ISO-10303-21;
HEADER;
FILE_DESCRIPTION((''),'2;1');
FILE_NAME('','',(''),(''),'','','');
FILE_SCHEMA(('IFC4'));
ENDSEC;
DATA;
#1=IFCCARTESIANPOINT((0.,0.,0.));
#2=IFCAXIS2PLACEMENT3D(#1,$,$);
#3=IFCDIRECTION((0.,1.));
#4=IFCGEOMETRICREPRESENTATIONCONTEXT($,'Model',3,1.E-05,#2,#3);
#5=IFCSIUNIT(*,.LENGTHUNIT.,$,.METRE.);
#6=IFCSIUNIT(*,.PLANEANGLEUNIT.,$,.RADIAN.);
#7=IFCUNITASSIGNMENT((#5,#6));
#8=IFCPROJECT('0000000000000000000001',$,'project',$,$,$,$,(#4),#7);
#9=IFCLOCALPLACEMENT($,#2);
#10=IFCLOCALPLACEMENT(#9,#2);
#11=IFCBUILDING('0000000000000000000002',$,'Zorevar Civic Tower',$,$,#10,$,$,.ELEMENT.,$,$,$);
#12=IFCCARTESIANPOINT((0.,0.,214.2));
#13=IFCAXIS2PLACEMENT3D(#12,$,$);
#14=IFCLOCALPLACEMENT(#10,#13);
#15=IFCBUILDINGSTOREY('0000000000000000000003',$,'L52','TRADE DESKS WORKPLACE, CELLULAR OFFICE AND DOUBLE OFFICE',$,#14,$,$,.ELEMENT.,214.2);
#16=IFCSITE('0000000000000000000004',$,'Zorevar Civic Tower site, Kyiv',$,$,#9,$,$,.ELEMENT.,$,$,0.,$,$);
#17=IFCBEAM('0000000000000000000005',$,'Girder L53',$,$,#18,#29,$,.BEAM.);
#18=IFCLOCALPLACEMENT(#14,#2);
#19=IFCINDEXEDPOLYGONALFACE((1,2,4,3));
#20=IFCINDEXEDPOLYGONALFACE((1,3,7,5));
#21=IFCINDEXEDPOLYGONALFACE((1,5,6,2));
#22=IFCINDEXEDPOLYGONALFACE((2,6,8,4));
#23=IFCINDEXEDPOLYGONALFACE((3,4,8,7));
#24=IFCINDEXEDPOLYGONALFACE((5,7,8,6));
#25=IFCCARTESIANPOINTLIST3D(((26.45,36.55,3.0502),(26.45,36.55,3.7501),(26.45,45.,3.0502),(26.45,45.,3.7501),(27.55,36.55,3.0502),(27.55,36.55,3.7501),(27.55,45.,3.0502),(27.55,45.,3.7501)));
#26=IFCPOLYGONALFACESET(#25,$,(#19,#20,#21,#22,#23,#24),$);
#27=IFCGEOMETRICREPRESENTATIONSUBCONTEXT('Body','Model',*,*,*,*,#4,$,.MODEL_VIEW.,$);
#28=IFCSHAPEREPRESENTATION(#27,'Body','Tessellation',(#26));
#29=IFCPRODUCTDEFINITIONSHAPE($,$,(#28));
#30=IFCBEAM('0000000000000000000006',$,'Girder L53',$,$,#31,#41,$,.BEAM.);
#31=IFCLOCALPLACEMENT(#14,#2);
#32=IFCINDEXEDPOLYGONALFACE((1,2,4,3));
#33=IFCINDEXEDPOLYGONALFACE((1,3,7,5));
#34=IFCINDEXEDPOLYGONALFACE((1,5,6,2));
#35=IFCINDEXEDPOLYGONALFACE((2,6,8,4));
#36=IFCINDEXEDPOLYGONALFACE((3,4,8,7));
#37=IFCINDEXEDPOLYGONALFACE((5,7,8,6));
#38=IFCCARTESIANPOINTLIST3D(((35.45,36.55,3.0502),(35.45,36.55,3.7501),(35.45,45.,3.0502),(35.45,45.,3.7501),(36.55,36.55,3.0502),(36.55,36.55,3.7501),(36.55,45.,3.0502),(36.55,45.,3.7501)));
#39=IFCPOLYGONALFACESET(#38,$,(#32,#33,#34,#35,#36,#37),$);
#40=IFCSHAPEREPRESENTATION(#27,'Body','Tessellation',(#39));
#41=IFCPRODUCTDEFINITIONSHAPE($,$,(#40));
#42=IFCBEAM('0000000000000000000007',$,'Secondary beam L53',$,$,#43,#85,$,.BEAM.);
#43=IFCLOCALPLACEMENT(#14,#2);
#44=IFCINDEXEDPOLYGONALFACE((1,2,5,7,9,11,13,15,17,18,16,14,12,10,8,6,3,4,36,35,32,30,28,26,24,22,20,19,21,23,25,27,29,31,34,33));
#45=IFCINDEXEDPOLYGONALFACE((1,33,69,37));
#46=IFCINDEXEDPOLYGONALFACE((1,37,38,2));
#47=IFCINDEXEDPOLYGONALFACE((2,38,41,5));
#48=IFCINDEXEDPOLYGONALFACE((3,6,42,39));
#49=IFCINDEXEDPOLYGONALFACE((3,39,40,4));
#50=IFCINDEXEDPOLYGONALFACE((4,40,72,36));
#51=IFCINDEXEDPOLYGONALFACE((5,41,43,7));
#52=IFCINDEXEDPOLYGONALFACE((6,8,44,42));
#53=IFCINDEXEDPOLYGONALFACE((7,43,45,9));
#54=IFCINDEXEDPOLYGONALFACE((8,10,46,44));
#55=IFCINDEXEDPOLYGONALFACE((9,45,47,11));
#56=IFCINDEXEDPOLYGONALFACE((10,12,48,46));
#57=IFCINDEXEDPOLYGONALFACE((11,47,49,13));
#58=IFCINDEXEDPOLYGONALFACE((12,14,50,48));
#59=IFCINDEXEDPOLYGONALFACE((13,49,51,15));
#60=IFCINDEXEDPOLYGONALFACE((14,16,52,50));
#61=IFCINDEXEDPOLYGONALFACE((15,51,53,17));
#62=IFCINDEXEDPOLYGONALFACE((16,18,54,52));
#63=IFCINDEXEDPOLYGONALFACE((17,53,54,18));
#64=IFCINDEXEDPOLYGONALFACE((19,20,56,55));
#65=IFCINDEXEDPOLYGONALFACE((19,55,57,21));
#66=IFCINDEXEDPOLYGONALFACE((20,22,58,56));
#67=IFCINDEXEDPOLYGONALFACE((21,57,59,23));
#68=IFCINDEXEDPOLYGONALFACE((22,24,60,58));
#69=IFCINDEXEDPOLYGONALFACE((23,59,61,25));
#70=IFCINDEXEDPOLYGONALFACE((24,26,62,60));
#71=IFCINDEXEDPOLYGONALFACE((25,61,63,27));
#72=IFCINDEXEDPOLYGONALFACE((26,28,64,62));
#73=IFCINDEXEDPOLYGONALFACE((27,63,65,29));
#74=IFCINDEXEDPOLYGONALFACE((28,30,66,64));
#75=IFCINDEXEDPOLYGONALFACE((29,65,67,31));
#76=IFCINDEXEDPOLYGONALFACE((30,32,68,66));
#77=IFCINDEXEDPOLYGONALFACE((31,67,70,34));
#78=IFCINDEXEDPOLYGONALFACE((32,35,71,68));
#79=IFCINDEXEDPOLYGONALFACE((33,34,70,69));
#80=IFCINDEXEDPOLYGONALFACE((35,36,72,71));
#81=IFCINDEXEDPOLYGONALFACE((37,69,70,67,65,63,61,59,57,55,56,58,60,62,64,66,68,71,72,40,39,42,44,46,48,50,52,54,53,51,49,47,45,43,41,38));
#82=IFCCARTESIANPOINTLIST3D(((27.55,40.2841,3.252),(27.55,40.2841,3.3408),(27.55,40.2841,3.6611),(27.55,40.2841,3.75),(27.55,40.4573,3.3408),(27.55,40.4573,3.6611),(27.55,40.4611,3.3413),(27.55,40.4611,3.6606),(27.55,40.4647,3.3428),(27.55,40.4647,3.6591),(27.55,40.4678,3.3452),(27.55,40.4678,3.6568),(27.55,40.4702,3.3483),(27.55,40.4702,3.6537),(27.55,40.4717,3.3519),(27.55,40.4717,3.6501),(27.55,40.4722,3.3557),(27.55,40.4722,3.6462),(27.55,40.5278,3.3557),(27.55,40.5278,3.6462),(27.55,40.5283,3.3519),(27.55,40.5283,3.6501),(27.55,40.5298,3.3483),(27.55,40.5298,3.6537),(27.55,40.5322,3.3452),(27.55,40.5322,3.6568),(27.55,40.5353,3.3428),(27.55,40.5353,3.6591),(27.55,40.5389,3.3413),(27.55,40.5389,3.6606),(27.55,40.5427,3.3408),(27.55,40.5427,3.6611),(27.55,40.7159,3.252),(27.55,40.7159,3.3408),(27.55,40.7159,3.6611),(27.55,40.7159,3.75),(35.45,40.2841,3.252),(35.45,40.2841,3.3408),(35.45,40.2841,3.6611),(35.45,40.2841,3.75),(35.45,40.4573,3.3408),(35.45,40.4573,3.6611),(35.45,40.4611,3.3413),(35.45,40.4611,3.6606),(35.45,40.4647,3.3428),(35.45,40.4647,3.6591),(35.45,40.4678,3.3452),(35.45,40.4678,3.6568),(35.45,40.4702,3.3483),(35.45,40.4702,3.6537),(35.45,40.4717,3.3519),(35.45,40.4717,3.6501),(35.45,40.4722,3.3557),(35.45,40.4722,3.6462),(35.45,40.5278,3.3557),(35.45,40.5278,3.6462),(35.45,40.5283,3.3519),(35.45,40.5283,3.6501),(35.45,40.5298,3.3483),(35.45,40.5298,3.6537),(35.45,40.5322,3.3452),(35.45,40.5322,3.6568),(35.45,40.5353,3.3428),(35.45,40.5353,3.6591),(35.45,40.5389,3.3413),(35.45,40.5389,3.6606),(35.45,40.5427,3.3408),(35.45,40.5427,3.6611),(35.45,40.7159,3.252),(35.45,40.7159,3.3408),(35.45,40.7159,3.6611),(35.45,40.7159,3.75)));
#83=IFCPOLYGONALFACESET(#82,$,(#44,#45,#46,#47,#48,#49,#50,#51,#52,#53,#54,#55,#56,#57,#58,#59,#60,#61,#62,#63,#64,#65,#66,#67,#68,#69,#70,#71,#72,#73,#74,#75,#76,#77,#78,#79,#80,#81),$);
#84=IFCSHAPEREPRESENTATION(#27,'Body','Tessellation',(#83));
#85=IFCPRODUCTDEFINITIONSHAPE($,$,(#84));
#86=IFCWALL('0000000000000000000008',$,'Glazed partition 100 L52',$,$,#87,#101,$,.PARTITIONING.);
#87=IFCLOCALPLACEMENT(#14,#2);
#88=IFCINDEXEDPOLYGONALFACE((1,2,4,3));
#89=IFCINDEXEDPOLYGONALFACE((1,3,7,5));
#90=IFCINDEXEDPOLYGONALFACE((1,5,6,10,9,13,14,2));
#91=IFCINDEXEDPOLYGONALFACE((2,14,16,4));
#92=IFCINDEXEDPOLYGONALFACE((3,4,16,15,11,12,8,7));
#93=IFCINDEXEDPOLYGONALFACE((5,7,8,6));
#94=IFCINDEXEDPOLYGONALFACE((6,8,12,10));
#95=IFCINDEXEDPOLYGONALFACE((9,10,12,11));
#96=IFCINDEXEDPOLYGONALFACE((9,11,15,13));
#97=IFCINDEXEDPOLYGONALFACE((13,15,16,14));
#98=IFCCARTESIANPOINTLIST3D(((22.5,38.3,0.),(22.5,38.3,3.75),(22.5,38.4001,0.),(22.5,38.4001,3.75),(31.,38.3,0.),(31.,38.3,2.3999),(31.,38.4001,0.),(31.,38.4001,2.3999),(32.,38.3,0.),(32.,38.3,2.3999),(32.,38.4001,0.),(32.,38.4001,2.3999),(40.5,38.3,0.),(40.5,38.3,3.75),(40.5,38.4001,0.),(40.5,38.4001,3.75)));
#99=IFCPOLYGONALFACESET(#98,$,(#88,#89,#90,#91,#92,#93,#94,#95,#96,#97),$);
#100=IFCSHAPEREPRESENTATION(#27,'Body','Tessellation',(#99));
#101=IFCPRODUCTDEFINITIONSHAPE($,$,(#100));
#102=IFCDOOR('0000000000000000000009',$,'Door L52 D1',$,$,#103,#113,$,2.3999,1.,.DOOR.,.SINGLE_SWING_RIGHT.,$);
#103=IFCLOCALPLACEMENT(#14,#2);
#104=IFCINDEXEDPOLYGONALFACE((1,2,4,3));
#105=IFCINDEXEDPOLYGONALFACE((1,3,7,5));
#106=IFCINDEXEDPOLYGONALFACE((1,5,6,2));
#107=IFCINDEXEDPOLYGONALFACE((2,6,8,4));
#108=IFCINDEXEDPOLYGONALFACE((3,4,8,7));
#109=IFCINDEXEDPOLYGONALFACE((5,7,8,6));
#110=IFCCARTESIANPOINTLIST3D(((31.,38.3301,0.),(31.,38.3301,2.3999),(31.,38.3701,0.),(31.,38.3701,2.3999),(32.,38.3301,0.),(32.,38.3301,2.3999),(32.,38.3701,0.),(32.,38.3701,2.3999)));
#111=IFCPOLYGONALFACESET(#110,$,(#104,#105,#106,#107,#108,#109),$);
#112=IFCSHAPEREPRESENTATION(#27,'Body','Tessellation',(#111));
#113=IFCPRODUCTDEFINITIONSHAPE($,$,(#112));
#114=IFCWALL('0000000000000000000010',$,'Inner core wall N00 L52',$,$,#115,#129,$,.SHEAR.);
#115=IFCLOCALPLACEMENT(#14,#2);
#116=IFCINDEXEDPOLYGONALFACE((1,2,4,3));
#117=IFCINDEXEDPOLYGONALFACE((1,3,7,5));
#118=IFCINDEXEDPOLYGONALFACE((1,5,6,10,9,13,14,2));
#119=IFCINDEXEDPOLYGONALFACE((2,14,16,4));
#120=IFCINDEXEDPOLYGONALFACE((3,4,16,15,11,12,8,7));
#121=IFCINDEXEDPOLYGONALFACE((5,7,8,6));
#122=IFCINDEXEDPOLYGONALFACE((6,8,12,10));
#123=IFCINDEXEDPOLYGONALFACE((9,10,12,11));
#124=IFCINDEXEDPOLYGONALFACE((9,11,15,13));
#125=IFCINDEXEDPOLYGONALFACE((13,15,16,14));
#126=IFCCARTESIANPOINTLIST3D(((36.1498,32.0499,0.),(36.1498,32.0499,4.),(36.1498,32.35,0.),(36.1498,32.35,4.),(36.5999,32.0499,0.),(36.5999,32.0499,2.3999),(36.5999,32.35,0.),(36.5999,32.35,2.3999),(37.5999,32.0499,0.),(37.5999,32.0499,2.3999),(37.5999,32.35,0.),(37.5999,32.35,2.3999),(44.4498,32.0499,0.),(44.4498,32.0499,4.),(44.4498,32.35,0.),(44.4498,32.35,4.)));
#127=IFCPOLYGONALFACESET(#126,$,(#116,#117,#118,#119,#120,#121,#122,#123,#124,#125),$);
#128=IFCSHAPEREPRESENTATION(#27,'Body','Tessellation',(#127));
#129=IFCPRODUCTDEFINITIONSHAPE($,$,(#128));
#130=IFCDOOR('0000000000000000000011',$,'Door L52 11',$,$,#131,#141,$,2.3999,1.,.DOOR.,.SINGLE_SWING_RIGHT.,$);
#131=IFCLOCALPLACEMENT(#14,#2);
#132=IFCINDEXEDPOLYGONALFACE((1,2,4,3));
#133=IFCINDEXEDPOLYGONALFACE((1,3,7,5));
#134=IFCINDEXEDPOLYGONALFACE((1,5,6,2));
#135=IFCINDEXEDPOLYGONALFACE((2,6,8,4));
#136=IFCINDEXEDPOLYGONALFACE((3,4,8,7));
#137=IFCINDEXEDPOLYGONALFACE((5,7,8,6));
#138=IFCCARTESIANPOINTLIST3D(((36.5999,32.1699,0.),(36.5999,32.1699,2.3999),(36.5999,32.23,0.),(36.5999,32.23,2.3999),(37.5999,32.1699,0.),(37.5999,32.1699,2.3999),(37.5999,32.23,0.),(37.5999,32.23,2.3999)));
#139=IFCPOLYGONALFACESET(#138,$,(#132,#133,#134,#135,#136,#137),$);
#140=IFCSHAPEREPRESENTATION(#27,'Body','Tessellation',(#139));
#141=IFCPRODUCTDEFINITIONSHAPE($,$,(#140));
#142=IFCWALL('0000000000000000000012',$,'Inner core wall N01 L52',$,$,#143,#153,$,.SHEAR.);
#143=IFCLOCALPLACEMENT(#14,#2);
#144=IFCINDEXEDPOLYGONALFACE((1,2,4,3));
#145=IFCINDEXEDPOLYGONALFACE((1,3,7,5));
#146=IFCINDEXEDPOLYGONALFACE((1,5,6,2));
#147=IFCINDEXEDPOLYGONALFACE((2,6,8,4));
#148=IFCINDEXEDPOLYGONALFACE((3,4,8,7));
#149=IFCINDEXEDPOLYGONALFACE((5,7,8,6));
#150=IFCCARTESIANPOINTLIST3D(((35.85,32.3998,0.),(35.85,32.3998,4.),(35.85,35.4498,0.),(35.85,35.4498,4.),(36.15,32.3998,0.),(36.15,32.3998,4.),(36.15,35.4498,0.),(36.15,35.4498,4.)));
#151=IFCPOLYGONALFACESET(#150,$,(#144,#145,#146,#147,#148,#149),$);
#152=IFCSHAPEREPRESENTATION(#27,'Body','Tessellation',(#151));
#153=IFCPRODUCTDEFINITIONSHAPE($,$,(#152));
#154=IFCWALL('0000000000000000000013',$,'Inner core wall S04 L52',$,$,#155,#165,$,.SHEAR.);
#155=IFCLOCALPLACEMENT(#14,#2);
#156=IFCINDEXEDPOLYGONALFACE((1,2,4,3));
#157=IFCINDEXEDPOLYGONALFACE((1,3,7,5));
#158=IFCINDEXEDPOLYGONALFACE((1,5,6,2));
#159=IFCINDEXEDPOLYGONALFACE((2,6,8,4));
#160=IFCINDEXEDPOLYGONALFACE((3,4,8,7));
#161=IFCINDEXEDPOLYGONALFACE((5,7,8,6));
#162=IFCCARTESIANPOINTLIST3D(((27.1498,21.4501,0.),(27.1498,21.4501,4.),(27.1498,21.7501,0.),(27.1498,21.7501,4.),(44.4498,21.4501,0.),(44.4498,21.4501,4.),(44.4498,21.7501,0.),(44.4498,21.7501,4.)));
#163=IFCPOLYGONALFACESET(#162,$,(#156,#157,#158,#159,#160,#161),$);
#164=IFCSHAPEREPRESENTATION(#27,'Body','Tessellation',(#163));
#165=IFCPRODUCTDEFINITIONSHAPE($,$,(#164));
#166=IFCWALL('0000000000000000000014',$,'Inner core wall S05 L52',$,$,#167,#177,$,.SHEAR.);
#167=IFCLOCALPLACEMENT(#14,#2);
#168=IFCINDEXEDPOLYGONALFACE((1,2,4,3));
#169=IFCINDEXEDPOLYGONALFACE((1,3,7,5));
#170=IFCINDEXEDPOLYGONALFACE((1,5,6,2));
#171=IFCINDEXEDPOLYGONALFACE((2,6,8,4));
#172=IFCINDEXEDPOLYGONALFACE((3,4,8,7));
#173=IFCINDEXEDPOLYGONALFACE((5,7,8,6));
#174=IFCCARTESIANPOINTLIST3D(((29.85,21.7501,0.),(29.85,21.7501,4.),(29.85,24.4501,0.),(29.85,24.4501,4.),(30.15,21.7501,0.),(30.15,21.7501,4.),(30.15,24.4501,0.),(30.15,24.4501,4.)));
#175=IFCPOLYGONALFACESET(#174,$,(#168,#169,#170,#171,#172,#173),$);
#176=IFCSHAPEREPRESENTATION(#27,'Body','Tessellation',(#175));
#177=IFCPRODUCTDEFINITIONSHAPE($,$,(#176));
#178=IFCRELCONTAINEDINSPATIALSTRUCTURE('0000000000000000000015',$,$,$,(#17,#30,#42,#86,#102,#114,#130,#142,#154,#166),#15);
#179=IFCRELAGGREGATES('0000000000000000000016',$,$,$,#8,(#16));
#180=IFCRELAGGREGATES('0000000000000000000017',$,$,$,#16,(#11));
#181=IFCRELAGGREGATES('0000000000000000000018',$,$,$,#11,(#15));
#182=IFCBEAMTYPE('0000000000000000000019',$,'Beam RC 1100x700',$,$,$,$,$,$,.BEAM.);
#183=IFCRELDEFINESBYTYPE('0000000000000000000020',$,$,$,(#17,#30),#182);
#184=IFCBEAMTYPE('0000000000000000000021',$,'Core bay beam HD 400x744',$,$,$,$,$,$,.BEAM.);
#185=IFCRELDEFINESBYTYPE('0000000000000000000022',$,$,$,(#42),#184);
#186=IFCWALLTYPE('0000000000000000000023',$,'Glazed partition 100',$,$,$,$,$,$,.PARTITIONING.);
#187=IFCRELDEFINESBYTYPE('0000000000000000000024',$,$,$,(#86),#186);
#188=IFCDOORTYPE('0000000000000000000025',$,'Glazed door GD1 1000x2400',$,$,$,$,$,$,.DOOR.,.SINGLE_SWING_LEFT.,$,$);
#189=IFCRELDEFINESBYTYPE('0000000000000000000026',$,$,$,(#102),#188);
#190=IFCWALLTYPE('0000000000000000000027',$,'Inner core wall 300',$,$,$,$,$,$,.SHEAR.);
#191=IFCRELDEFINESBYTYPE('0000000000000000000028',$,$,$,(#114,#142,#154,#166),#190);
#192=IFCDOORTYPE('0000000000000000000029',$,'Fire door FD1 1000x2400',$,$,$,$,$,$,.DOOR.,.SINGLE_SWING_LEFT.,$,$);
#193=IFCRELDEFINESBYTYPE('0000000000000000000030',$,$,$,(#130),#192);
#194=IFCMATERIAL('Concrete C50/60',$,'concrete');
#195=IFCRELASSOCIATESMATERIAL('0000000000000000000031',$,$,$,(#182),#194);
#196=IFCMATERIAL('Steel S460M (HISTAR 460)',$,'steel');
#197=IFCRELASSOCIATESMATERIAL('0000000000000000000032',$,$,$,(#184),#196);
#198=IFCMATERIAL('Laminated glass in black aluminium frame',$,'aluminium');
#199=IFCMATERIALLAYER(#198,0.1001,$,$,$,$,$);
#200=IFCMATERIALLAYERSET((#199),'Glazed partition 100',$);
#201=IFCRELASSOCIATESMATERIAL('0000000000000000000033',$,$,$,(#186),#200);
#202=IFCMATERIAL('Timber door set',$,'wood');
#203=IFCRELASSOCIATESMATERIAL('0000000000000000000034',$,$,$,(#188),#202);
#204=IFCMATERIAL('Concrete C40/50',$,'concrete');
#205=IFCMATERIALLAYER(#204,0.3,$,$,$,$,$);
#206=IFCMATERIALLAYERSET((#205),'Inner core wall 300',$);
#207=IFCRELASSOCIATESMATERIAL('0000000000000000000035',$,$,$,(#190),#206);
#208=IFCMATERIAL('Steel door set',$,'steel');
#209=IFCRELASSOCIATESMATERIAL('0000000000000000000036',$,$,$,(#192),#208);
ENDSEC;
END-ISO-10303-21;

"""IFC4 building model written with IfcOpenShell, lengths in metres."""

from ifc_helpers import new_model, si_unit, direction, frame, frame_2d, origin, origin_2d, place, context, subcontext, project, spatial, rectangle, i_section, extrude, material, layer, layer_set, material_profile, profile_set, type_object, element, fill, save


model = new_model("IFC4")

# Units and contexts
model_context = context("Model", 3, precision=1e-05, world=origin(), true_north=direction((0.0, 1.0)))
body_context = subcontext(model_context, "Body", "Model", "MODEL_VIEW")
ifc_project = project(units=[si_unit("LENGTHUNIT", "METRE"), si_unit("PLANEANGLEUNIT", "RADIAN")], contexts=[model_context])

# Site, building, storey
site_placement = place(None, origin())
site = spatial("IfcSite", under=ifc_project, at=site_placement, Name="Zorevar Civic Tower site, Kyiv", CompositionType="ELEMENT", RefElevation=0.0)
building_placement = place(site_placement, origin())
building = spatial("IfcBuilding", under=site, at=building_placement, Name="Zorevar Civic Tower", CompositionType="ELEMENT")
storey_placement = place(building_placement, frame((0.0, 0.0, 214.2)))
storey = spatial("IfcBuildingStorey", under=building, at=storey_placement, Name="L52", Description="TRADE DESKS WORKPLACE, CELLULAR OFFICE AND DOUBLE OFFICE", CompositionType="ELEMENT", Elevation=214.2)

# Beams
ifc_material_1 = material(Name="Concrete C50/60", Category="concrete")
ifc_material_profile_1 = material_profile(ifc_material_1, rectangle(XDim=1.1001, YDim=0.7, at=origin_2d()), Name="RC 1100x700")
ifc_profile_set_1 = profile_set([ifc_material_profile_1], Name="Concrete C50/60")
beam_type_1 = type_object("IfcBeamType", Name="Beam RC 1100x700", PredefinedType="BEAM", material=ifc_profile_set_1)
for number, where, z_axis, x_axis, name in (
    (1, (27.0, 36.55, 3.4001), (0.0, 1.0, 0.0), (-1.0, 0.0, 0.0), "Girder L53"),
    (2, (36.0, 36.55, 3.4001), (0.0, 1.0, 0.0), (-1.0, 0.0, 0.0), "Girder L53"),
):
    element("IfcBeam", number, at=place(storey_placement, frame(where, z_axis=z_axis, x_axis=x_axis)), inside=storey, type_object=beam_type_1, Name=name, PredefinedType="BEAM", context=body_context, shape_type="SweptSolid", body=[
        extrude(rectangle(XDim=1.1001, YDim=0.7, at=origin_2d()), origin(), (0.0, 0.0, 1.0), 8.45),
    ])
ifc_material_2 = material(Name="Steel S460M (HISTAR 460)", Category="steel")
ifc_material_profile_2 = material_profile(ifc_material_2, i_section(OverallWidth=0.4319, OverallDepth=0.498, WebThickness=0.0557, FlangeThickness=0.0889, FilletRadius=0.0149, at=origin_2d()), Name="HD 400x744")
ifc_profile_set_2 = profile_set([ifc_material_profile_2], Name="Steel S460M (HISTAR 460)")
beam_type_2 = type_object("IfcBeamType", Name="Core bay beam HD 400x744", PredefinedType="BEAM", material=ifc_profile_set_2)
beam_placement = place(storey_placement, frame((27.55, 40.5, 3.501), z_axis=(1.0, 0.0, 0.0), x_axis=(0.0, 1.0, 0.0)))
element("IfcBeam", 3, at=beam_placement, inside=storey, type_object=beam_type_2, Name="Secondary beam L53", PredefinedType="BEAM", context=body_context, shape_type="SweptSolid", body=[
    extrude(i_section(OverallWidth=0.4319, OverallDepth=0.498, WebThickness=0.0557, FlangeThickness=0.0889, FilletRadius=0.0149, at=origin_2d()), origin(), (0.0, 0.0, 1.0), 7.8999),
])

# Walls, openings, doors
ifc_material_3 = material(Name="Laminated glass in black aluminium frame", Category="aluminium")
ifc_layer_1 = layer(ifc_material_3, 0.1001)
ifc_layer_set_1 = layer_set([ifc_layer_1], Name="Glazed partition 100")
wall_type_1 = type_object("IfcWallType", Name="Glazed partition 100", PredefinedType="PARTITIONING", material=ifc_layer_set_1)
wall_1_placement = place(storey_placement, frame((22.5, 38.3501, 0.0), z_axis=(0.0, 0.0, 1.0), x_axis=(1.0, 0.0, 0.0)))
wall_1 = element("IfcWall", 4, at=wall_1_placement, inside=storey, type_object=wall_type_1, Name="Glazed partition 100 L52", PredefinedType="PARTITIONING", context=body_context, shape_type="SweptSolid", body=[
    extrude(rectangle(XDim=18.0, YDim=0.1001, at=frame_2d((9.0, 0.0))), origin(), (0.0, 0.0, 1.0), 3.75),
])
opening_1_placement = place(wall_1_placement, frame((8.5, 0.0, 0.0)))
opening_1 = element("IfcOpeningElement", 5, at=opening_1_placement, cuts=wall_1, PredefinedType="OPENING", context=body_context, shape_type="SweptSolid", body=[
    extrude(rectangle(XDim=1.0, YDim=2.3999, at=frame_2d((0.5, 1.2))), frame((0.0, 0.0601, 0.0), z_axis=(0.0, -1.0, 0.0), x_axis=(1.0, 0.0, 0.0)), (0.0, 0.0, 1.0), 0.1201),
])
ifc_material_4 = material(Name="Timber door set", Category="wood")
door_type_1 = type_object("IfcDoorType", Name="Glazed door GD1 1000x2400", OperationType="SINGLE_SWING_LEFT", PredefinedType="DOOR", material=ifc_material_4)
door_1_placement = place(opening_1_placement, origin())
door_1 = element("IfcDoor", 6, at=door_1_placement, inside=storey, type_object=door_type_1, Name="Door L52 D1", OperationType="SINGLE_SWING_RIGHT", OverallHeight=2.3999, OverallWidth=1.0, PredefinedType="DOOR", context=body_context, shape_type="SweptSolid", body=[
    extrude(rectangle(XDim=1.0, YDim=2.3999, at=frame_2d((0.5, 1.2))), frame((0.0, 0.02, 0.0), z_axis=(0.0, -1.0, 0.0), x_axis=(1.0, 0.0, 0.0)), (0.0, 0.0, 1.0), 0.04),
])
fill(opening_1, door_1)
ifc_material_5 = material(Name="Concrete C40/50", Category="concrete")
ifc_layer_2 = layer(ifc_material_5, 0.3)
ifc_layer_set_2 = layer_set([ifc_layer_2], Name="Inner core wall 300")
wall_type_2 = type_object("IfcWallType", Name="Inner core wall 300", PredefinedType="SHEAR", material=ifc_layer_set_2)
wall_2_placement = place(storey_placement, frame((36.1499, 32.2, 0.0), z_axis=(0.0, 0.0, 1.0), x_axis=(1.0, 0.0, 0.0)))
wall_2 = element("IfcWall", 7, at=wall_2_placement, inside=storey, type_object=wall_type_2, Name="Inner core wall N00 L52", PredefinedType="SHEAR", context=body_context, shape_type="SweptSolid", body=[
    extrude(rectangle(XDim=8.3, YDim=0.3, at=frame_2d((4.1499, 0.0))), origin(), (0.0, 0.0, 1.0), 4.0),
])
opening_2_placement = place(wall_2_placement, frame((0.45, 0.0, 0.0)))
opening_2 = element("IfcOpeningElement", 8, at=opening_2_placement, cuts=wall_2, PredefinedType="OPENING", context=body_context, shape_type="SweptSolid", body=[
    extrude(rectangle(XDim=1.0, YDim=2.3999, at=frame_2d((0.5, 1.2))), frame((0.0, 0.1599, 0.0), z_axis=(0.0, -1.0, 0.0), x_axis=(1.0, 0.0, 0.0)), (0.0, 0.0, 1.0), 0.3201),
])
ifc_material_6 = material(Name="Steel door set", Category="steel")
door_type_2 = type_object("IfcDoorType", Name="Fire door FD1 1000x2400", OperationType="SINGLE_SWING_LEFT", PredefinedType="DOOR", material=ifc_material_6)
door_2_placement = place(opening_2_placement, origin())
door_2 = element("IfcDoor", 9, at=door_2_placement, inside=storey, type_object=door_type_2, Name="Door L52 11", OperationType="SINGLE_SWING_RIGHT", OverallHeight=2.3999, OverallWidth=1.0, PredefinedType="DOOR", context=body_context, shape_type="SweptSolid", body=[
    extrude(rectangle(XDim=1.0, YDim=2.3999, at=frame_2d((0.5, 1.2))), frame((0.0, 0.03, 0.0), z_axis=(0.0, -1.0, 0.0), x_axis=(1.0, 0.0, 0.0)), (0.0, 0.0, 1.0), 0.0601),
])
fill(opening_2, door_2)

# Wall
wall_3_placement = place(storey_placement, frame((36.0, 32.3999, 0.0), z_axis=(0.0, 0.0, 1.0), x_axis=(0.0, 1.0, 0.0)))
element("IfcWall", 10, at=wall_3_placement, inside=storey, type_object=wall_type_2, Name="Inner core wall N01 L52", PredefinedType="SHEAR", context=body_context, shape_type="SweptSolid", body=[
    extrude(rectangle(XDim=3.05, YDim=0.3, at=frame_2d((1.5249, 0.0))), origin(), (0.0, 0.0, 1.0), 4.0),
])

# Walls
wall_4_placement = place(storey_placement, frame((27.1499, 21.6001, 0.0), z_axis=(0.0, 0.0, 1.0), x_axis=(1.0, 0.0, 0.0)))
element("IfcWall", 11, at=wall_4_placement, inside=storey, type_object=wall_type_2, Name="Inner core wall S04 L52", PredefinedType="SHEAR", context=body_context, shape_type="SweptSolid", body=[
    extrude(rectangle(XDim=17.3, YDim=0.3, at=frame_2d((8.6499, 0.0))), origin(), (0.0, 0.0, 1.0), 4.0),
])
for number, where, z_axis, x_axis, name in (
    (12, (30.0, 21.75, 0.0), (0.0, 0.0, 1.0), (0.0, 1.0, 0.0), "Inner core wall S05 L52"),
):
    element("IfcWall", number, at=place(storey_placement, frame(where, z_axis=z_axis, x_axis=x_axis)), inside=storey, type_object=wall_type_2, Name=name, PredefinedType="SHEAR", context=body_context, shape_type="SweptSolid", body=[
        extrude(rectangle(XDim=2.7, YDim=0.3, at=frame_2d((1.3501, 0.0))), origin(), (0.0, 0.0, 1.0), 4.0),
    ])

save(model, "model.ifc")
